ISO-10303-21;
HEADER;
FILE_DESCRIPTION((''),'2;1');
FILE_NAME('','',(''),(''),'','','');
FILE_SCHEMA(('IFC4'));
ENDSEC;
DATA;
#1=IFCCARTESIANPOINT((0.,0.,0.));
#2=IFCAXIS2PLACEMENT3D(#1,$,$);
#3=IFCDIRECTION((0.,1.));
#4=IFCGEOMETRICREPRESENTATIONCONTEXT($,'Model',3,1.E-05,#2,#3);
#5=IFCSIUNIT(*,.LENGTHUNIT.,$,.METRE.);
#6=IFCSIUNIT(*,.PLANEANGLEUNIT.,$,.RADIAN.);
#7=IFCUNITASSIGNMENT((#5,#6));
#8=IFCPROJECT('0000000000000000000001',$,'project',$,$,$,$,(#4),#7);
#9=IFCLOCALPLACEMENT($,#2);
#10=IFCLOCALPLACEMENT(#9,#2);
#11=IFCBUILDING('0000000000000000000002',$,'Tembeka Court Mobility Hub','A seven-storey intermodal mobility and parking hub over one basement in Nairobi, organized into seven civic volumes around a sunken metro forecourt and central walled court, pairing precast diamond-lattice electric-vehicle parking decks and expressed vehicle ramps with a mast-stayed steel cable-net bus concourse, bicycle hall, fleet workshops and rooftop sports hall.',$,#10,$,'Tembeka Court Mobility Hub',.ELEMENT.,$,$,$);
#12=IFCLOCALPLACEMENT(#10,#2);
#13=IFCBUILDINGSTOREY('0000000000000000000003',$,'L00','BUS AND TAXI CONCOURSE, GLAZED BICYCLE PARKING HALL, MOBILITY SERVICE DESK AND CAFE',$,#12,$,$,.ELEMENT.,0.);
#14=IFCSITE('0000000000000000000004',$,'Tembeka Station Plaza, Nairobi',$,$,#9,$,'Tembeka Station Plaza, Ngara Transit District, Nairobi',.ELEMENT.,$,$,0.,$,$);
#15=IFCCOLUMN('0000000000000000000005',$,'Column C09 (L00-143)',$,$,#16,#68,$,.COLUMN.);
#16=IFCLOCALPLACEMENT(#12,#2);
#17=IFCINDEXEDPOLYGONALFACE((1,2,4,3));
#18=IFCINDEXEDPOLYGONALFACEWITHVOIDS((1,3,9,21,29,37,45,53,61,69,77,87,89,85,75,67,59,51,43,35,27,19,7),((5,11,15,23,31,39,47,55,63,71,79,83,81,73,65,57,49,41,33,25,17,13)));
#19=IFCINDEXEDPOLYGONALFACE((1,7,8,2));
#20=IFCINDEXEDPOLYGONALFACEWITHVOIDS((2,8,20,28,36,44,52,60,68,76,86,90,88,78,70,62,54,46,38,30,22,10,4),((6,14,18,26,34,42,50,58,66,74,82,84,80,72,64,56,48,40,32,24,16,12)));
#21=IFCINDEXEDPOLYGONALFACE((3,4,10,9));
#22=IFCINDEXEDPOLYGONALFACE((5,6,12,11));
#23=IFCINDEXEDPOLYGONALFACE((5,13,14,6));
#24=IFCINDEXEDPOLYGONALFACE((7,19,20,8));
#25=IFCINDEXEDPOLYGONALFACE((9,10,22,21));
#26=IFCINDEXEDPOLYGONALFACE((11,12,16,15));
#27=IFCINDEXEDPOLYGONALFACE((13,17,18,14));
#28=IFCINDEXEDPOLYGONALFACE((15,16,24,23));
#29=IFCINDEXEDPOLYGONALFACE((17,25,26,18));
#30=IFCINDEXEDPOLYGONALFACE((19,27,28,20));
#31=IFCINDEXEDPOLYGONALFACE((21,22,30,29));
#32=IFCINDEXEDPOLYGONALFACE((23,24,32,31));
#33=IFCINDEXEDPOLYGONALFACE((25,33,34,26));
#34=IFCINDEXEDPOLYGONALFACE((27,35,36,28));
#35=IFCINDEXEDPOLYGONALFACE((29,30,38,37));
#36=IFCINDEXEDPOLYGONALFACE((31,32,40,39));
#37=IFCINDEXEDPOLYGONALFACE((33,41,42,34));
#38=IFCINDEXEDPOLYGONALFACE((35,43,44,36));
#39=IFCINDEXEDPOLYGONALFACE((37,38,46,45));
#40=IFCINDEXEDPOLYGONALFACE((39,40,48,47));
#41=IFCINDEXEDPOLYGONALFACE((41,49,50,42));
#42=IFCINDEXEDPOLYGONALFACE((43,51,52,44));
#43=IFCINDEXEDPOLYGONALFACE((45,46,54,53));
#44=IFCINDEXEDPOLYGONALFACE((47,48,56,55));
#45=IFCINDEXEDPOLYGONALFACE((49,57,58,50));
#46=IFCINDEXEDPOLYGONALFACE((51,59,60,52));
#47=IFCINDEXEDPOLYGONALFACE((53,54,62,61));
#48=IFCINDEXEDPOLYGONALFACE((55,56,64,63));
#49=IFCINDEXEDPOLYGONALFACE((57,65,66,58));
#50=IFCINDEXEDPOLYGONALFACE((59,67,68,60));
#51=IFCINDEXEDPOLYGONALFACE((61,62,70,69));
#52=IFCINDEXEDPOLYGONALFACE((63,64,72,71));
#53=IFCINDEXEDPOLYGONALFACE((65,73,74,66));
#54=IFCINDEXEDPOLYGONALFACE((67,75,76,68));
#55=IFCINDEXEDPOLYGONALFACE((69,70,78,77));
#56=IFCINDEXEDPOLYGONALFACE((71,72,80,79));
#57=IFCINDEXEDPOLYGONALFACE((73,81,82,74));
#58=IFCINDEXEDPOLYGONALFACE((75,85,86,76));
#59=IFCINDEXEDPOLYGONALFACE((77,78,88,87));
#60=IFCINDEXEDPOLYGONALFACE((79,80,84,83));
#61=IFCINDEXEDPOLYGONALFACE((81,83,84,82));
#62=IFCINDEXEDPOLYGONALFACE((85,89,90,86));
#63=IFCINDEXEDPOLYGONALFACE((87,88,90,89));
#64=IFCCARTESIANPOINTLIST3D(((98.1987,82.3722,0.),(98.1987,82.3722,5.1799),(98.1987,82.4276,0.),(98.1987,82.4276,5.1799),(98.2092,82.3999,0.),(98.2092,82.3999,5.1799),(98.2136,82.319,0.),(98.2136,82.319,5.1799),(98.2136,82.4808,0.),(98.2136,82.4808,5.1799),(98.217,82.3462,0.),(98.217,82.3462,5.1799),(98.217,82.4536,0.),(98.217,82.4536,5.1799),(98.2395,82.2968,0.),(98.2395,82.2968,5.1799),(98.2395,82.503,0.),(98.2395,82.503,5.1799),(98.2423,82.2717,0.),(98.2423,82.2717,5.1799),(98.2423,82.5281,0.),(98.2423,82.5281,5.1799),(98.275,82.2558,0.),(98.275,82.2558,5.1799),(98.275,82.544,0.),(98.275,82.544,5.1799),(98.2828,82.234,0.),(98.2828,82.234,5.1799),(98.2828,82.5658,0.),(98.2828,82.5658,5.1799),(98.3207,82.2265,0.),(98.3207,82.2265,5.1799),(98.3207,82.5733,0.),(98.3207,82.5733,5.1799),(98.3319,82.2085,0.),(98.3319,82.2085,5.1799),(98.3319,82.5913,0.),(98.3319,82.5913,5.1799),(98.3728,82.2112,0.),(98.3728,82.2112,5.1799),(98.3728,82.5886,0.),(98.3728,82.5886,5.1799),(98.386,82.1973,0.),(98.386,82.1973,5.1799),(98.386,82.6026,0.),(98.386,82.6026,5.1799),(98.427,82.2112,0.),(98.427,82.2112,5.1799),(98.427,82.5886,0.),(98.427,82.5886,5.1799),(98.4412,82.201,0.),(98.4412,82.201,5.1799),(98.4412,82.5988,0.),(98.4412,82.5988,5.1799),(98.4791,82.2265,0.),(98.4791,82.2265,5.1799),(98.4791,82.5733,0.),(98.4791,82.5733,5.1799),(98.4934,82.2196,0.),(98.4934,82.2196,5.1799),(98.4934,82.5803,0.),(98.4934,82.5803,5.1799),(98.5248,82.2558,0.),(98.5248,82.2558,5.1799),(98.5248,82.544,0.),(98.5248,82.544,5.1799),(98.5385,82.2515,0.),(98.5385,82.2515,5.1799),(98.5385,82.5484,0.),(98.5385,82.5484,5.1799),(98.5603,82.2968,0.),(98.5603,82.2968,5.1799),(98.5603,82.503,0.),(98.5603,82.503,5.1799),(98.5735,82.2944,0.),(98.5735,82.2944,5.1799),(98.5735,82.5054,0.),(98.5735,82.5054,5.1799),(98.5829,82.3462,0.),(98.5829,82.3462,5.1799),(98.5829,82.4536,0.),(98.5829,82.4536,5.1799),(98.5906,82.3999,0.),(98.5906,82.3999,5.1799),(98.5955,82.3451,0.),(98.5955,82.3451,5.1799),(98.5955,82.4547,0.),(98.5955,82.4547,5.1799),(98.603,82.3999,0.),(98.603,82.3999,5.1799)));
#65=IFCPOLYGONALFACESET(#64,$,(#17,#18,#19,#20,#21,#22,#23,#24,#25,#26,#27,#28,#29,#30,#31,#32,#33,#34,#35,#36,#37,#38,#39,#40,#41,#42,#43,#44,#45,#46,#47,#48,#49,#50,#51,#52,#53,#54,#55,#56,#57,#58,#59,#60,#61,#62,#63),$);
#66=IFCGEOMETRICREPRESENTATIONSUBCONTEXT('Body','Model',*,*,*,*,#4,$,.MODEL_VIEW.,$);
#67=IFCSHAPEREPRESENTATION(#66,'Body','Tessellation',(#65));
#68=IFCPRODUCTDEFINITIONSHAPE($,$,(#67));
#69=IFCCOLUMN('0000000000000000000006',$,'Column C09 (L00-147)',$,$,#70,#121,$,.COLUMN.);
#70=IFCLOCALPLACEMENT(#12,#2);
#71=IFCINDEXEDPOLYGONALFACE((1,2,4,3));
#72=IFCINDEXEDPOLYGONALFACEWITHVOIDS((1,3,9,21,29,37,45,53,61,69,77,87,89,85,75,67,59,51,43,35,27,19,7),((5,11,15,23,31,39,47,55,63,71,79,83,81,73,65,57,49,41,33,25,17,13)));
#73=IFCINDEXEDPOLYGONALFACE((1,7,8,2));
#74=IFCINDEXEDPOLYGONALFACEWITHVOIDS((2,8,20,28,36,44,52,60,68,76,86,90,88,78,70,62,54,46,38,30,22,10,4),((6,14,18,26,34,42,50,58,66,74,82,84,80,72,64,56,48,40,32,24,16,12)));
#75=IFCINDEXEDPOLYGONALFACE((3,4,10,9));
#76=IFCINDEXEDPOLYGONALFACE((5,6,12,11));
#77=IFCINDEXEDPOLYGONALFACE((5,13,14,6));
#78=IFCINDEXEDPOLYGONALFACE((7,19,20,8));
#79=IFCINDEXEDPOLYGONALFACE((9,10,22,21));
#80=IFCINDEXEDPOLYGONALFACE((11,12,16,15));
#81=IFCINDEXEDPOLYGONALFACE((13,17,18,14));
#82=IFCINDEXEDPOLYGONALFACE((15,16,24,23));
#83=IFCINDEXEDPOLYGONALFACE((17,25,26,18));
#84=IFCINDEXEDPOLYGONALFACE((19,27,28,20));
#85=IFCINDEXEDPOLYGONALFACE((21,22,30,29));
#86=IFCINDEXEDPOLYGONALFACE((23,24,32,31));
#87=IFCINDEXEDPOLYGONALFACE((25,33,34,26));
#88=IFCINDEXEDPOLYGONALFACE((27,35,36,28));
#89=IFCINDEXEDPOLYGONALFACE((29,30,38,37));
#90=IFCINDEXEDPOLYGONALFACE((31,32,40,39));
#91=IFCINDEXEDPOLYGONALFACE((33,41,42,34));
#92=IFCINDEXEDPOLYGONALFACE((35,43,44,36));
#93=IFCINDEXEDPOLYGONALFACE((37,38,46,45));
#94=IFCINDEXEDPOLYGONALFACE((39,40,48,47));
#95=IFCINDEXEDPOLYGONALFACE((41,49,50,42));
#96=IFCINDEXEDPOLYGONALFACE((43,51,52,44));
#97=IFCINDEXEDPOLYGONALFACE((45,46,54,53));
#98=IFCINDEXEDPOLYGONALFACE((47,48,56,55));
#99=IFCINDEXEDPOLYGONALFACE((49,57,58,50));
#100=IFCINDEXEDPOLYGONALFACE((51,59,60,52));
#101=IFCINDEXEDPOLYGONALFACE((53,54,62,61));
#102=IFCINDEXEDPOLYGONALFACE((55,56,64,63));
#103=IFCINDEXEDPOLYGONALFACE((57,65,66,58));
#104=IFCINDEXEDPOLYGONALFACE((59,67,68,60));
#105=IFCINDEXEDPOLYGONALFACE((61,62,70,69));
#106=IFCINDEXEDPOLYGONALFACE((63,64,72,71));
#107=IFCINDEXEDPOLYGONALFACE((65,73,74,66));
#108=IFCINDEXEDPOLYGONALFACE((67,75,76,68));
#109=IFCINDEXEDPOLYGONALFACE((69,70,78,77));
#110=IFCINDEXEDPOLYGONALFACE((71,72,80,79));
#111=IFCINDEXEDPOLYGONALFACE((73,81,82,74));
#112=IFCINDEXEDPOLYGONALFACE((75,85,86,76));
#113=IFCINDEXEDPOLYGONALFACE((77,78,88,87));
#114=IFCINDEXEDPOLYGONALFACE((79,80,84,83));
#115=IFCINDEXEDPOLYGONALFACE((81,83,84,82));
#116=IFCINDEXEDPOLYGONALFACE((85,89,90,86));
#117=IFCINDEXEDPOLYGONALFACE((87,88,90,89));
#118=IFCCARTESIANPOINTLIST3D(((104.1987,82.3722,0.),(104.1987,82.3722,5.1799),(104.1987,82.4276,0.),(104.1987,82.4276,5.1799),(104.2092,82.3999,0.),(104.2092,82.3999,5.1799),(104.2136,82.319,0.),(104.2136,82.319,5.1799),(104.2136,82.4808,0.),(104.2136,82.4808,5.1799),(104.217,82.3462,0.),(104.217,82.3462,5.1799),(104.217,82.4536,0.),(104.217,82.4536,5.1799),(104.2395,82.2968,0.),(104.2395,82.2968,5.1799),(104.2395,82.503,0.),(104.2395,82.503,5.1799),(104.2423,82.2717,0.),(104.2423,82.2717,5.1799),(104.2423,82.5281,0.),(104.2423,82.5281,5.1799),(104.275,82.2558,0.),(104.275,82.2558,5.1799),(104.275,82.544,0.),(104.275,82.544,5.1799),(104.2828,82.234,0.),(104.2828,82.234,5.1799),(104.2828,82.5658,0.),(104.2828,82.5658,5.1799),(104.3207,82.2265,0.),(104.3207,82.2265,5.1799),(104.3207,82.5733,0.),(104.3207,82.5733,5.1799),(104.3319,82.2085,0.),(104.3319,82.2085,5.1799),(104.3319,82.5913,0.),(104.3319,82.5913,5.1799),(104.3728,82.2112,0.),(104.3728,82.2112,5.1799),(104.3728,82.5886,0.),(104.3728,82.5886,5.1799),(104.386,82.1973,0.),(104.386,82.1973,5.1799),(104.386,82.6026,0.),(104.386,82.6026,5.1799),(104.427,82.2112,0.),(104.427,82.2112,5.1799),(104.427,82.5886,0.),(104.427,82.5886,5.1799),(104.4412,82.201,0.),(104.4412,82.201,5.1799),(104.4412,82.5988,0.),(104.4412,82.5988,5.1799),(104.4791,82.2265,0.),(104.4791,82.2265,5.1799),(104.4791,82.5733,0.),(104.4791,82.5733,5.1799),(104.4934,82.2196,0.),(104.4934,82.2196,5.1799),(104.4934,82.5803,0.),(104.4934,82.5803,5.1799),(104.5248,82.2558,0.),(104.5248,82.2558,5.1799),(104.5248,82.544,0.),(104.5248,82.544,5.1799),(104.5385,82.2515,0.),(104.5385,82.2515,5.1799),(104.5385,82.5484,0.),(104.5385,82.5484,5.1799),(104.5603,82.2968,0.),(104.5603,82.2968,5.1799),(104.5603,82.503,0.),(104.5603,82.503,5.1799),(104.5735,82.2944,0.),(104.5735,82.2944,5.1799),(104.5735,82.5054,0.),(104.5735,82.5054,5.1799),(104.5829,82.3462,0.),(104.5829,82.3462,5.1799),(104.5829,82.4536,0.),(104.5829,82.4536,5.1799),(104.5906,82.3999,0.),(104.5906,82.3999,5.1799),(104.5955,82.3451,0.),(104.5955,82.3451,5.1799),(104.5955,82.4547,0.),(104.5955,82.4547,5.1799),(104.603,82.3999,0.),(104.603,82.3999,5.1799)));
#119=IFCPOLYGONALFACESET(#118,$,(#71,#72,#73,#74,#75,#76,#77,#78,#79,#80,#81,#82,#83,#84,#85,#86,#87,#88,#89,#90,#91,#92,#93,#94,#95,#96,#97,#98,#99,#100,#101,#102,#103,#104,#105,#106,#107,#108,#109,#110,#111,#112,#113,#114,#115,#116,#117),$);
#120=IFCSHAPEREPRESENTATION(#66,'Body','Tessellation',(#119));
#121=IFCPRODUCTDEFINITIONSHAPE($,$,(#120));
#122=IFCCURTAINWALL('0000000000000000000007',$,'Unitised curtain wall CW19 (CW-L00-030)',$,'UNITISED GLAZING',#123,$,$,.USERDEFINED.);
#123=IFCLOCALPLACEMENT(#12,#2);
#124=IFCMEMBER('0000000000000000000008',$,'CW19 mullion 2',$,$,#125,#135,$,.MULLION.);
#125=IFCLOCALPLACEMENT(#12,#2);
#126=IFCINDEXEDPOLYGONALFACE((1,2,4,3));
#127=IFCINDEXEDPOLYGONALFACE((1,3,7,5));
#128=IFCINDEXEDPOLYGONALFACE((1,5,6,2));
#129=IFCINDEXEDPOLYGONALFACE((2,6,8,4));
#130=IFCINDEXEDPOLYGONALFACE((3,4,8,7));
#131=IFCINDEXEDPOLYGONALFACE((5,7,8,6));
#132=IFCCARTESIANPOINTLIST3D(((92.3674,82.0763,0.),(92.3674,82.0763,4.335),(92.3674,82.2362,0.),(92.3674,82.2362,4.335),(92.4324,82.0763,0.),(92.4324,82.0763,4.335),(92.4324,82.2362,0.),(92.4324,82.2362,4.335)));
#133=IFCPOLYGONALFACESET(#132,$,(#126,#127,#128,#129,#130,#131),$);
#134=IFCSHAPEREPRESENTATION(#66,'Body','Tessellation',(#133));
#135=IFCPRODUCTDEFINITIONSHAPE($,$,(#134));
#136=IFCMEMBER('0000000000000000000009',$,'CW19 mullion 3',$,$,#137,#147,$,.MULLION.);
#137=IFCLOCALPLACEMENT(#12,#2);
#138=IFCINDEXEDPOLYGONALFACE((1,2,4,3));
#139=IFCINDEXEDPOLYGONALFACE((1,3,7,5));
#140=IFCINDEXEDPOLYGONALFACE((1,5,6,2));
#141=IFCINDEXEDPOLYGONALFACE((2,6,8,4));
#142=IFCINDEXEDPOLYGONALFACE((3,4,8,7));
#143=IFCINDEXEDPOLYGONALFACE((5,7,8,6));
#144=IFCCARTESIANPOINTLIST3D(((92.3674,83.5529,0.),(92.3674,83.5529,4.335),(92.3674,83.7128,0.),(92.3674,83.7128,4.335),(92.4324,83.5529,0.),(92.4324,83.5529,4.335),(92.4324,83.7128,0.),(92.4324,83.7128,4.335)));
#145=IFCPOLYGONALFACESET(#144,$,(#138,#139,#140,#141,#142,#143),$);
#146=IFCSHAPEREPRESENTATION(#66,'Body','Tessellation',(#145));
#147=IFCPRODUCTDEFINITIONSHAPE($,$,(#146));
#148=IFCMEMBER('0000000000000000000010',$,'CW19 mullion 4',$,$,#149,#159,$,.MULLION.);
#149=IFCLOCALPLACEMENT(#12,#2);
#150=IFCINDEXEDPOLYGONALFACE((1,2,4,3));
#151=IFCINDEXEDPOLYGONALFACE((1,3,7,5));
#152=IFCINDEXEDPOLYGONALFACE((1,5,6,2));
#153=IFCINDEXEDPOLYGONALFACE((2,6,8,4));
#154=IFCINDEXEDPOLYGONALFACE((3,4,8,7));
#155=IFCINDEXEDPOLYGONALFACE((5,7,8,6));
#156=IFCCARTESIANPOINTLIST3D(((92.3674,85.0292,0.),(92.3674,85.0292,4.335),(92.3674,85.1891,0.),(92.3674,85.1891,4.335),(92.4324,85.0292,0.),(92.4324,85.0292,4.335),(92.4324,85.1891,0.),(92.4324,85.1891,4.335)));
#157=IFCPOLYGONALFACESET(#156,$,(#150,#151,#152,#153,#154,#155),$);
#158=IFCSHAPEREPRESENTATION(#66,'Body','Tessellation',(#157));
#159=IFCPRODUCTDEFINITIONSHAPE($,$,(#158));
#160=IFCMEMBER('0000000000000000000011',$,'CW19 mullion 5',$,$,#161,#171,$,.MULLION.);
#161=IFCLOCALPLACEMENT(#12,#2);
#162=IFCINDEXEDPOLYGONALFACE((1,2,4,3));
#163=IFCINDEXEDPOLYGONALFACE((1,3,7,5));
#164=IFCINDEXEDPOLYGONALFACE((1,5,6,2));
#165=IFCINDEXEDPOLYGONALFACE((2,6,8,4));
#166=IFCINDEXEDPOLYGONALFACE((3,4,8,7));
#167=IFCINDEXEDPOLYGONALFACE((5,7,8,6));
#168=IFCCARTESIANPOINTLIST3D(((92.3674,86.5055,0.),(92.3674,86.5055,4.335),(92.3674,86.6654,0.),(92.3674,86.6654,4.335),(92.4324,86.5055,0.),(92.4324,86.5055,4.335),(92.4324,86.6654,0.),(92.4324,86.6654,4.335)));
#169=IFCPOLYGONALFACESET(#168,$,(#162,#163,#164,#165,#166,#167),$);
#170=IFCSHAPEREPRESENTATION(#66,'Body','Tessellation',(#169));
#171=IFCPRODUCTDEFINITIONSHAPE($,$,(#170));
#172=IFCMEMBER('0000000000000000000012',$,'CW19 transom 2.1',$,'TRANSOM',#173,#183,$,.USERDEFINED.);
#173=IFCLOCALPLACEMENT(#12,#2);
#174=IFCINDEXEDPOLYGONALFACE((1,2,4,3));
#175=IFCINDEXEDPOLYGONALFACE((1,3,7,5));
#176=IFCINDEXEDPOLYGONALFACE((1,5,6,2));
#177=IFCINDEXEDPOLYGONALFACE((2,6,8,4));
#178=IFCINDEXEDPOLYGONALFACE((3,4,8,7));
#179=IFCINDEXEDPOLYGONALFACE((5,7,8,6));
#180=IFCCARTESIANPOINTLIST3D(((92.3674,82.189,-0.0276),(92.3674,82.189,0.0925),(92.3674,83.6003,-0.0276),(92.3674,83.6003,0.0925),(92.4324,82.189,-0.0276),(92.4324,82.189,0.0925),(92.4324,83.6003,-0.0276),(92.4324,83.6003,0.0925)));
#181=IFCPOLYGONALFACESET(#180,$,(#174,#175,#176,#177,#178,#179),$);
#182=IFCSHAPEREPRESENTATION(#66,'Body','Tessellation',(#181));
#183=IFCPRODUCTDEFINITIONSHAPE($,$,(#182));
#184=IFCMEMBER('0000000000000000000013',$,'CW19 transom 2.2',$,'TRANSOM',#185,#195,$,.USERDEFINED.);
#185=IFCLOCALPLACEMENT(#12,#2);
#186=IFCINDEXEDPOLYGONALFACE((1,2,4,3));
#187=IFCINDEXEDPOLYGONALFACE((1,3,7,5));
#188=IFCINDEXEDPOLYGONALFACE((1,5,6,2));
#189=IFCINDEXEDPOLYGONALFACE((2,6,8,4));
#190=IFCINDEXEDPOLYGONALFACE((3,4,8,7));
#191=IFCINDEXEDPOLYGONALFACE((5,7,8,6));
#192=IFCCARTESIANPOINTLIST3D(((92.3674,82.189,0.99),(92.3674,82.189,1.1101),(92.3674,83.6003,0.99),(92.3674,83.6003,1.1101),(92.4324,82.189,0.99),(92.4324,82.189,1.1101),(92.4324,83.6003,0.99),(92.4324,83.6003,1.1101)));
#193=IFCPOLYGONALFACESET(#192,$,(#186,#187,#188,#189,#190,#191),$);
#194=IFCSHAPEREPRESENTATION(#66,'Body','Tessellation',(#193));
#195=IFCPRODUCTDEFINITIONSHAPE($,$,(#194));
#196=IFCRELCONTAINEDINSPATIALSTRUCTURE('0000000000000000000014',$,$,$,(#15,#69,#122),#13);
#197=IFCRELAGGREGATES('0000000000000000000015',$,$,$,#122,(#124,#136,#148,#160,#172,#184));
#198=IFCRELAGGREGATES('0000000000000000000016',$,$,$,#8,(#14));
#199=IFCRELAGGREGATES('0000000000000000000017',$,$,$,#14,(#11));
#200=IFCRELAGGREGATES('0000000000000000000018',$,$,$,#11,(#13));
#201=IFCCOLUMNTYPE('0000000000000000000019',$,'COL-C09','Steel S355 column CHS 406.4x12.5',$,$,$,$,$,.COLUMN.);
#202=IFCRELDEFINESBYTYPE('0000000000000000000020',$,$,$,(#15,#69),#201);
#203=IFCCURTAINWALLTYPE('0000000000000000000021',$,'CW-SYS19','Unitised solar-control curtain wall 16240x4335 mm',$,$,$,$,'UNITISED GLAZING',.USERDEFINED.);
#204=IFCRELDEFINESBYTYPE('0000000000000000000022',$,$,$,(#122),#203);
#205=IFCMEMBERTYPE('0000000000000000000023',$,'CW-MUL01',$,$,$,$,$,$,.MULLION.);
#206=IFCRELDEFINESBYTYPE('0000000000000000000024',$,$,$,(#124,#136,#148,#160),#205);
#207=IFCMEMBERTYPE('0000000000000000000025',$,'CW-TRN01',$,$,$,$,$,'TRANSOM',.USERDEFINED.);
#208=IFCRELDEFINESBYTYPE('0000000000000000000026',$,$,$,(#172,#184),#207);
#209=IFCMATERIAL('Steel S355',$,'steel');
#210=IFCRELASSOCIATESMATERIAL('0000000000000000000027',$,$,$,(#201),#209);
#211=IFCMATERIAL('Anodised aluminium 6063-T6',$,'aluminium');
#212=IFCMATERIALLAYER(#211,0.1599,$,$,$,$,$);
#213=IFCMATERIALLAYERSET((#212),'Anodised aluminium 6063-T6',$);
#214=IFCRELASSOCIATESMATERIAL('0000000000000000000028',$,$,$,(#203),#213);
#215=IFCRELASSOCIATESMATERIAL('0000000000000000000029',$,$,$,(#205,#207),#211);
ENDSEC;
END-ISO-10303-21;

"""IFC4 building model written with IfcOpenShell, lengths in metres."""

from ifc_helpers import new_model, si_unit, direction, frame, origin, origin_2d, place, context, subcontext, project, spatial, rectangle, hollow_circle, extrude, material, layer, layer_set, material_profile, profile_set, type_object, element, aggregate, save


model = new_model("IFC4")

# Units and contexts
model_context = context("Model", 3, precision=1e-05, world=origin(), true_north=direction((0.0, 1.0)))
body_context = subcontext(model_context, "Body", "Model", "MODEL_VIEW")
ifc_project = project(units=[si_unit("LENGTHUNIT", "METRE"), si_unit("PLANEANGLEUNIT", "RADIAN")], contexts=[model_context])

# Site, building, storey
site_placement = place(None, origin())
site = spatial("IfcSite", under=ifc_project, at=site_placement, Name="Tembeka Station Plaza, Nairobi", LongName="Tembeka Station Plaza, Ngara Transit District, Nairobi", CompositionType="ELEMENT", RefElevation=0.0)
building_placement = place(site_placement, origin())
building = spatial("IfcBuilding", under=site, at=building_placement, Name="Tembeka Court Mobility Hub", Description="A seven-storey intermodal mobility and parking hub over one basement in Nairobi, organized into seven civic volumes around a sunken metro forecourt and central walled court, pairing precast diamond-lattice electric-vehicle parking decks and expressed vehicle ramps with a mast-stayed steel cable-net bus concourse, bicycle hall, fleet workshops and rooftop sports hall.", LongName="Tembeka Court Mobility Hub", CompositionType="ELEMENT")
storey_placement = place(building_placement, origin())
storey = spatial("IfcBuildingStorey", under=building, at=storey_placement, Name="L00", Description="BUS AND TAXI CONCOURSE, GLAZED BICYCLE PARKING HALL, MOBILITY SERVICE DESK AND CAFE", CompositionType="ELEMENT", Elevation=0.0)

# Columns
ifc_material_1 = material(Name="Steel S355", Category="steel")
ifc_material_profile_1 = material_profile(ifc_material_1, hollow_circle(Radius=0.2031, WallThickness=0.0125, at=origin_2d()), Name="CHS 406.4x12.5")
ifc_profile_set_1 = profile_set([ifc_material_profile_1], Name="Steel S355")
column_type = type_object("IfcColumnType", Name="COL-C09", Description="Steel S355 column CHS 406.4x12.5", PredefinedType="COLUMN", material=ifc_profile_set_1)
for number, where, z_axis, x_axis, name in (
    (1, (98.3999, 82.3999, 0.0), (0.0, 0.0, 1.0), (1.0, 0.0, 0.0), "Column C09 (L00-143)"),
    (2, (104.3999, 82.3999, 0.0), (0.0, 0.0, 1.0), (1.0, 0.0, 0.0), "Column C09 (L00-147)"),
):
    element("IfcColumn", number, at=place(storey_placement, frame(where, z_axis=z_axis, x_axis=x_axis)), inside=storey, type_object=column_type, Name=name, PredefinedType="COLUMN", context=body_context, shape_type="SweptSolid", body=[
        extrude(hollow_circle(Radius=0.2031, WallThickness=0.0125, at=origin_2d()), origin(), (0.0, 0.0, 1.0), 5.1799),
    ])

# Curtain wall, members
ifc_material_2 = material(Name="Anodised aluminium 6063-T6", Category="aluminium")
ifc_layer_1 = layer(ifc_material_2, 0.1599)
ifc_layer_set_1 = layer_set([ifc_layer_1], Name="Anodised aluminium 6063-T6")
curtain_wall_type = type_object("IfcCurtainWallType", Name="CW-SYS19", Description="Unitised solar-control curtain wall 16240x4335 mm", ElementType="UNITISED GLAZING", PredefinedType="USERDEFINED", material=ifc_layer_set_1)
curtain_wall_placement = place(storey_placement, origin())
curtain_wall = element("IfcCurtainWall", 3, at=curtain_wall_placement, inside=storey, type_object=curtain_wall_type, Name="Unitised curtain wall CW19 (CW-L00-030)", ObjectType="UNITISED GLAZING", PredefinedType="USERDEFINED")
ifc_material_profile_2 = material_profile(ifc_material_2, rectangle(XDim=0.0649, YDim=0.1599, at=origin_2d()), Name="ALU-MUL 65x160")
ifc_profile_set_2 = profile_set([ifc_material_profile_2], Name="Anodised aluminium 6063-T6")
member_type_1 = type_object("IfcMemberType", Name="CW-MUL01", PredefinedType="MULLION", material=ifc_profile_set_2)
member_1_placement = place(storey_placement, frame((92.3999, 82.1562, 0.0), z_axis=(0.0, 0.0, 1.0), x_axis=(-1.0, 0.0, 0.0)))
member_1 = element("IfcMember", 4, at=member_1_placement, type_object=member_type_1, Name="CW19 mullion 2", PredefinedType="MULLION", context=body_context, shape_type="SweptSolid", body=[
    extrude(rectangle(XDim=0.0649, YDim=0.1599, at=origin_2d()), origin(), (0.0, 0.0, 1.0), 4.335),
])
member_2_placement = place(storey_placement, frame((92.3999, 83.6328, 0.0), z_axis=(0.0, 0.0, 1.0), x_axis=(-1.0, 0.0, 0.0)))
member_2 = element("IfcMember", 5, at=member_2_placement, type_object=member_type_1, Name="CW19 mullion 3", PredefinedType="MULLION", context=body_context, shape_type="SweptSolid", body=[
    extrude(rectangle(XDim=0.0649, YDim=0.1599, at=origin_2d()), origin(), (0.0, 0.0, 1.0), 4.335),
])
member_3_placement = place(storey_placement, frame((92.3999, 85.1091, 0.0), z_axis=(0.0, 0.0, 1.0), x_axis=(-1.0, 0.0, 0.0)))
member_3 = element("IfcMember", 6, at=member_3_placement, type_object=member_type_1, Name="CW19 mullion 4", PredefinedType="MULLION", context=body_context, shape_type="SweptSolid", body=[
    extrude(rectangle(XDim=0.0649, YDim=0.1599, at=origin_2d()), origin(), (0.0, 0.0, 1.0), 4.335),
])
member_4_placement = place(storey_placement, frame((92.3999, 86.5854, 0.0), z_axis=(0.0, 0.0, 1.0), x_axis=(-1.0, 0.0, 0.0)))
member_4 = element("IfcMember", 7, at=member_4_placement, type_object=member_type_1, Name="CW19 mullion 5", PredefinedType="MULLION", context=body_context, shape_type="SweptSolid", body=[
    extrude(rectangle(XDim=0.0649, YDim=0.1599, at=origin_2d()), origin(), (0.0, 0.0, 1.0), 4.335),
])
ifc_material_profile_3 = material_profile(ifc_material_2, rectangle(XDim=0.0649, YDim=0.1201, at=origin_2d()), Name="ALU-TRN 65x120")
ifc_profile_set_3 = profile_set([ifc_material_profile_3], Name="Anodised aluminium 6063-T6")
member_type_2 = type_object("IfcMemberType", Name="CW-TRN01", ElementType="TRANSOM", PredefinedType="USERDEFINED", material=ifc_profile_set_3)
member_5_placement = place(storey_placement, frame((92.3999, 82.189, 0.0325), z_axis=(0.0, 1.0, 0.0), x_axis=(-1.0, 0.0, 0.0)))
member_5 = element("IfcMember", 8, at=member_5_placement, type_object=member_type_2, Name="CW19 transom 2.1", ObjectType="TRANSOM", PredefinedType="USERDEFINED", context=body_context, shape_type="SweptSolid", body=[
    extrude(rectangle(XDim=0.0649, YDim=0.1201, at=origin_2d()), origin(), (0.0, 0.0, 1.0), 1.4114),
])
member_6_placement = place(storey_placement, frame((92.3999, 82.189, 1.05), z_axis=(0.0, 1.0, 0.0), x_axis=(-1.0, 0.0, 0.0)))
member_6 = element("IfcMember", 9, at=member_6_placement, type_object=member_type_2, Name="CW19 transom 2.2", ObjectType="TRANSOM", PredefinedType="USERDEFINED", context=body_context, shape_type="SweptSolid", body=[
    extrude(rectangle(XDim=0.0649, YDim=0.1201, at=origin_2d()), origin(), (0.0, 0.0, 1.0), 1.4114),
])
aggregate(curtain_wall, [member_1, member_2, member_3, member_4, member_5, member_6])

save(model, "model.ifc")
